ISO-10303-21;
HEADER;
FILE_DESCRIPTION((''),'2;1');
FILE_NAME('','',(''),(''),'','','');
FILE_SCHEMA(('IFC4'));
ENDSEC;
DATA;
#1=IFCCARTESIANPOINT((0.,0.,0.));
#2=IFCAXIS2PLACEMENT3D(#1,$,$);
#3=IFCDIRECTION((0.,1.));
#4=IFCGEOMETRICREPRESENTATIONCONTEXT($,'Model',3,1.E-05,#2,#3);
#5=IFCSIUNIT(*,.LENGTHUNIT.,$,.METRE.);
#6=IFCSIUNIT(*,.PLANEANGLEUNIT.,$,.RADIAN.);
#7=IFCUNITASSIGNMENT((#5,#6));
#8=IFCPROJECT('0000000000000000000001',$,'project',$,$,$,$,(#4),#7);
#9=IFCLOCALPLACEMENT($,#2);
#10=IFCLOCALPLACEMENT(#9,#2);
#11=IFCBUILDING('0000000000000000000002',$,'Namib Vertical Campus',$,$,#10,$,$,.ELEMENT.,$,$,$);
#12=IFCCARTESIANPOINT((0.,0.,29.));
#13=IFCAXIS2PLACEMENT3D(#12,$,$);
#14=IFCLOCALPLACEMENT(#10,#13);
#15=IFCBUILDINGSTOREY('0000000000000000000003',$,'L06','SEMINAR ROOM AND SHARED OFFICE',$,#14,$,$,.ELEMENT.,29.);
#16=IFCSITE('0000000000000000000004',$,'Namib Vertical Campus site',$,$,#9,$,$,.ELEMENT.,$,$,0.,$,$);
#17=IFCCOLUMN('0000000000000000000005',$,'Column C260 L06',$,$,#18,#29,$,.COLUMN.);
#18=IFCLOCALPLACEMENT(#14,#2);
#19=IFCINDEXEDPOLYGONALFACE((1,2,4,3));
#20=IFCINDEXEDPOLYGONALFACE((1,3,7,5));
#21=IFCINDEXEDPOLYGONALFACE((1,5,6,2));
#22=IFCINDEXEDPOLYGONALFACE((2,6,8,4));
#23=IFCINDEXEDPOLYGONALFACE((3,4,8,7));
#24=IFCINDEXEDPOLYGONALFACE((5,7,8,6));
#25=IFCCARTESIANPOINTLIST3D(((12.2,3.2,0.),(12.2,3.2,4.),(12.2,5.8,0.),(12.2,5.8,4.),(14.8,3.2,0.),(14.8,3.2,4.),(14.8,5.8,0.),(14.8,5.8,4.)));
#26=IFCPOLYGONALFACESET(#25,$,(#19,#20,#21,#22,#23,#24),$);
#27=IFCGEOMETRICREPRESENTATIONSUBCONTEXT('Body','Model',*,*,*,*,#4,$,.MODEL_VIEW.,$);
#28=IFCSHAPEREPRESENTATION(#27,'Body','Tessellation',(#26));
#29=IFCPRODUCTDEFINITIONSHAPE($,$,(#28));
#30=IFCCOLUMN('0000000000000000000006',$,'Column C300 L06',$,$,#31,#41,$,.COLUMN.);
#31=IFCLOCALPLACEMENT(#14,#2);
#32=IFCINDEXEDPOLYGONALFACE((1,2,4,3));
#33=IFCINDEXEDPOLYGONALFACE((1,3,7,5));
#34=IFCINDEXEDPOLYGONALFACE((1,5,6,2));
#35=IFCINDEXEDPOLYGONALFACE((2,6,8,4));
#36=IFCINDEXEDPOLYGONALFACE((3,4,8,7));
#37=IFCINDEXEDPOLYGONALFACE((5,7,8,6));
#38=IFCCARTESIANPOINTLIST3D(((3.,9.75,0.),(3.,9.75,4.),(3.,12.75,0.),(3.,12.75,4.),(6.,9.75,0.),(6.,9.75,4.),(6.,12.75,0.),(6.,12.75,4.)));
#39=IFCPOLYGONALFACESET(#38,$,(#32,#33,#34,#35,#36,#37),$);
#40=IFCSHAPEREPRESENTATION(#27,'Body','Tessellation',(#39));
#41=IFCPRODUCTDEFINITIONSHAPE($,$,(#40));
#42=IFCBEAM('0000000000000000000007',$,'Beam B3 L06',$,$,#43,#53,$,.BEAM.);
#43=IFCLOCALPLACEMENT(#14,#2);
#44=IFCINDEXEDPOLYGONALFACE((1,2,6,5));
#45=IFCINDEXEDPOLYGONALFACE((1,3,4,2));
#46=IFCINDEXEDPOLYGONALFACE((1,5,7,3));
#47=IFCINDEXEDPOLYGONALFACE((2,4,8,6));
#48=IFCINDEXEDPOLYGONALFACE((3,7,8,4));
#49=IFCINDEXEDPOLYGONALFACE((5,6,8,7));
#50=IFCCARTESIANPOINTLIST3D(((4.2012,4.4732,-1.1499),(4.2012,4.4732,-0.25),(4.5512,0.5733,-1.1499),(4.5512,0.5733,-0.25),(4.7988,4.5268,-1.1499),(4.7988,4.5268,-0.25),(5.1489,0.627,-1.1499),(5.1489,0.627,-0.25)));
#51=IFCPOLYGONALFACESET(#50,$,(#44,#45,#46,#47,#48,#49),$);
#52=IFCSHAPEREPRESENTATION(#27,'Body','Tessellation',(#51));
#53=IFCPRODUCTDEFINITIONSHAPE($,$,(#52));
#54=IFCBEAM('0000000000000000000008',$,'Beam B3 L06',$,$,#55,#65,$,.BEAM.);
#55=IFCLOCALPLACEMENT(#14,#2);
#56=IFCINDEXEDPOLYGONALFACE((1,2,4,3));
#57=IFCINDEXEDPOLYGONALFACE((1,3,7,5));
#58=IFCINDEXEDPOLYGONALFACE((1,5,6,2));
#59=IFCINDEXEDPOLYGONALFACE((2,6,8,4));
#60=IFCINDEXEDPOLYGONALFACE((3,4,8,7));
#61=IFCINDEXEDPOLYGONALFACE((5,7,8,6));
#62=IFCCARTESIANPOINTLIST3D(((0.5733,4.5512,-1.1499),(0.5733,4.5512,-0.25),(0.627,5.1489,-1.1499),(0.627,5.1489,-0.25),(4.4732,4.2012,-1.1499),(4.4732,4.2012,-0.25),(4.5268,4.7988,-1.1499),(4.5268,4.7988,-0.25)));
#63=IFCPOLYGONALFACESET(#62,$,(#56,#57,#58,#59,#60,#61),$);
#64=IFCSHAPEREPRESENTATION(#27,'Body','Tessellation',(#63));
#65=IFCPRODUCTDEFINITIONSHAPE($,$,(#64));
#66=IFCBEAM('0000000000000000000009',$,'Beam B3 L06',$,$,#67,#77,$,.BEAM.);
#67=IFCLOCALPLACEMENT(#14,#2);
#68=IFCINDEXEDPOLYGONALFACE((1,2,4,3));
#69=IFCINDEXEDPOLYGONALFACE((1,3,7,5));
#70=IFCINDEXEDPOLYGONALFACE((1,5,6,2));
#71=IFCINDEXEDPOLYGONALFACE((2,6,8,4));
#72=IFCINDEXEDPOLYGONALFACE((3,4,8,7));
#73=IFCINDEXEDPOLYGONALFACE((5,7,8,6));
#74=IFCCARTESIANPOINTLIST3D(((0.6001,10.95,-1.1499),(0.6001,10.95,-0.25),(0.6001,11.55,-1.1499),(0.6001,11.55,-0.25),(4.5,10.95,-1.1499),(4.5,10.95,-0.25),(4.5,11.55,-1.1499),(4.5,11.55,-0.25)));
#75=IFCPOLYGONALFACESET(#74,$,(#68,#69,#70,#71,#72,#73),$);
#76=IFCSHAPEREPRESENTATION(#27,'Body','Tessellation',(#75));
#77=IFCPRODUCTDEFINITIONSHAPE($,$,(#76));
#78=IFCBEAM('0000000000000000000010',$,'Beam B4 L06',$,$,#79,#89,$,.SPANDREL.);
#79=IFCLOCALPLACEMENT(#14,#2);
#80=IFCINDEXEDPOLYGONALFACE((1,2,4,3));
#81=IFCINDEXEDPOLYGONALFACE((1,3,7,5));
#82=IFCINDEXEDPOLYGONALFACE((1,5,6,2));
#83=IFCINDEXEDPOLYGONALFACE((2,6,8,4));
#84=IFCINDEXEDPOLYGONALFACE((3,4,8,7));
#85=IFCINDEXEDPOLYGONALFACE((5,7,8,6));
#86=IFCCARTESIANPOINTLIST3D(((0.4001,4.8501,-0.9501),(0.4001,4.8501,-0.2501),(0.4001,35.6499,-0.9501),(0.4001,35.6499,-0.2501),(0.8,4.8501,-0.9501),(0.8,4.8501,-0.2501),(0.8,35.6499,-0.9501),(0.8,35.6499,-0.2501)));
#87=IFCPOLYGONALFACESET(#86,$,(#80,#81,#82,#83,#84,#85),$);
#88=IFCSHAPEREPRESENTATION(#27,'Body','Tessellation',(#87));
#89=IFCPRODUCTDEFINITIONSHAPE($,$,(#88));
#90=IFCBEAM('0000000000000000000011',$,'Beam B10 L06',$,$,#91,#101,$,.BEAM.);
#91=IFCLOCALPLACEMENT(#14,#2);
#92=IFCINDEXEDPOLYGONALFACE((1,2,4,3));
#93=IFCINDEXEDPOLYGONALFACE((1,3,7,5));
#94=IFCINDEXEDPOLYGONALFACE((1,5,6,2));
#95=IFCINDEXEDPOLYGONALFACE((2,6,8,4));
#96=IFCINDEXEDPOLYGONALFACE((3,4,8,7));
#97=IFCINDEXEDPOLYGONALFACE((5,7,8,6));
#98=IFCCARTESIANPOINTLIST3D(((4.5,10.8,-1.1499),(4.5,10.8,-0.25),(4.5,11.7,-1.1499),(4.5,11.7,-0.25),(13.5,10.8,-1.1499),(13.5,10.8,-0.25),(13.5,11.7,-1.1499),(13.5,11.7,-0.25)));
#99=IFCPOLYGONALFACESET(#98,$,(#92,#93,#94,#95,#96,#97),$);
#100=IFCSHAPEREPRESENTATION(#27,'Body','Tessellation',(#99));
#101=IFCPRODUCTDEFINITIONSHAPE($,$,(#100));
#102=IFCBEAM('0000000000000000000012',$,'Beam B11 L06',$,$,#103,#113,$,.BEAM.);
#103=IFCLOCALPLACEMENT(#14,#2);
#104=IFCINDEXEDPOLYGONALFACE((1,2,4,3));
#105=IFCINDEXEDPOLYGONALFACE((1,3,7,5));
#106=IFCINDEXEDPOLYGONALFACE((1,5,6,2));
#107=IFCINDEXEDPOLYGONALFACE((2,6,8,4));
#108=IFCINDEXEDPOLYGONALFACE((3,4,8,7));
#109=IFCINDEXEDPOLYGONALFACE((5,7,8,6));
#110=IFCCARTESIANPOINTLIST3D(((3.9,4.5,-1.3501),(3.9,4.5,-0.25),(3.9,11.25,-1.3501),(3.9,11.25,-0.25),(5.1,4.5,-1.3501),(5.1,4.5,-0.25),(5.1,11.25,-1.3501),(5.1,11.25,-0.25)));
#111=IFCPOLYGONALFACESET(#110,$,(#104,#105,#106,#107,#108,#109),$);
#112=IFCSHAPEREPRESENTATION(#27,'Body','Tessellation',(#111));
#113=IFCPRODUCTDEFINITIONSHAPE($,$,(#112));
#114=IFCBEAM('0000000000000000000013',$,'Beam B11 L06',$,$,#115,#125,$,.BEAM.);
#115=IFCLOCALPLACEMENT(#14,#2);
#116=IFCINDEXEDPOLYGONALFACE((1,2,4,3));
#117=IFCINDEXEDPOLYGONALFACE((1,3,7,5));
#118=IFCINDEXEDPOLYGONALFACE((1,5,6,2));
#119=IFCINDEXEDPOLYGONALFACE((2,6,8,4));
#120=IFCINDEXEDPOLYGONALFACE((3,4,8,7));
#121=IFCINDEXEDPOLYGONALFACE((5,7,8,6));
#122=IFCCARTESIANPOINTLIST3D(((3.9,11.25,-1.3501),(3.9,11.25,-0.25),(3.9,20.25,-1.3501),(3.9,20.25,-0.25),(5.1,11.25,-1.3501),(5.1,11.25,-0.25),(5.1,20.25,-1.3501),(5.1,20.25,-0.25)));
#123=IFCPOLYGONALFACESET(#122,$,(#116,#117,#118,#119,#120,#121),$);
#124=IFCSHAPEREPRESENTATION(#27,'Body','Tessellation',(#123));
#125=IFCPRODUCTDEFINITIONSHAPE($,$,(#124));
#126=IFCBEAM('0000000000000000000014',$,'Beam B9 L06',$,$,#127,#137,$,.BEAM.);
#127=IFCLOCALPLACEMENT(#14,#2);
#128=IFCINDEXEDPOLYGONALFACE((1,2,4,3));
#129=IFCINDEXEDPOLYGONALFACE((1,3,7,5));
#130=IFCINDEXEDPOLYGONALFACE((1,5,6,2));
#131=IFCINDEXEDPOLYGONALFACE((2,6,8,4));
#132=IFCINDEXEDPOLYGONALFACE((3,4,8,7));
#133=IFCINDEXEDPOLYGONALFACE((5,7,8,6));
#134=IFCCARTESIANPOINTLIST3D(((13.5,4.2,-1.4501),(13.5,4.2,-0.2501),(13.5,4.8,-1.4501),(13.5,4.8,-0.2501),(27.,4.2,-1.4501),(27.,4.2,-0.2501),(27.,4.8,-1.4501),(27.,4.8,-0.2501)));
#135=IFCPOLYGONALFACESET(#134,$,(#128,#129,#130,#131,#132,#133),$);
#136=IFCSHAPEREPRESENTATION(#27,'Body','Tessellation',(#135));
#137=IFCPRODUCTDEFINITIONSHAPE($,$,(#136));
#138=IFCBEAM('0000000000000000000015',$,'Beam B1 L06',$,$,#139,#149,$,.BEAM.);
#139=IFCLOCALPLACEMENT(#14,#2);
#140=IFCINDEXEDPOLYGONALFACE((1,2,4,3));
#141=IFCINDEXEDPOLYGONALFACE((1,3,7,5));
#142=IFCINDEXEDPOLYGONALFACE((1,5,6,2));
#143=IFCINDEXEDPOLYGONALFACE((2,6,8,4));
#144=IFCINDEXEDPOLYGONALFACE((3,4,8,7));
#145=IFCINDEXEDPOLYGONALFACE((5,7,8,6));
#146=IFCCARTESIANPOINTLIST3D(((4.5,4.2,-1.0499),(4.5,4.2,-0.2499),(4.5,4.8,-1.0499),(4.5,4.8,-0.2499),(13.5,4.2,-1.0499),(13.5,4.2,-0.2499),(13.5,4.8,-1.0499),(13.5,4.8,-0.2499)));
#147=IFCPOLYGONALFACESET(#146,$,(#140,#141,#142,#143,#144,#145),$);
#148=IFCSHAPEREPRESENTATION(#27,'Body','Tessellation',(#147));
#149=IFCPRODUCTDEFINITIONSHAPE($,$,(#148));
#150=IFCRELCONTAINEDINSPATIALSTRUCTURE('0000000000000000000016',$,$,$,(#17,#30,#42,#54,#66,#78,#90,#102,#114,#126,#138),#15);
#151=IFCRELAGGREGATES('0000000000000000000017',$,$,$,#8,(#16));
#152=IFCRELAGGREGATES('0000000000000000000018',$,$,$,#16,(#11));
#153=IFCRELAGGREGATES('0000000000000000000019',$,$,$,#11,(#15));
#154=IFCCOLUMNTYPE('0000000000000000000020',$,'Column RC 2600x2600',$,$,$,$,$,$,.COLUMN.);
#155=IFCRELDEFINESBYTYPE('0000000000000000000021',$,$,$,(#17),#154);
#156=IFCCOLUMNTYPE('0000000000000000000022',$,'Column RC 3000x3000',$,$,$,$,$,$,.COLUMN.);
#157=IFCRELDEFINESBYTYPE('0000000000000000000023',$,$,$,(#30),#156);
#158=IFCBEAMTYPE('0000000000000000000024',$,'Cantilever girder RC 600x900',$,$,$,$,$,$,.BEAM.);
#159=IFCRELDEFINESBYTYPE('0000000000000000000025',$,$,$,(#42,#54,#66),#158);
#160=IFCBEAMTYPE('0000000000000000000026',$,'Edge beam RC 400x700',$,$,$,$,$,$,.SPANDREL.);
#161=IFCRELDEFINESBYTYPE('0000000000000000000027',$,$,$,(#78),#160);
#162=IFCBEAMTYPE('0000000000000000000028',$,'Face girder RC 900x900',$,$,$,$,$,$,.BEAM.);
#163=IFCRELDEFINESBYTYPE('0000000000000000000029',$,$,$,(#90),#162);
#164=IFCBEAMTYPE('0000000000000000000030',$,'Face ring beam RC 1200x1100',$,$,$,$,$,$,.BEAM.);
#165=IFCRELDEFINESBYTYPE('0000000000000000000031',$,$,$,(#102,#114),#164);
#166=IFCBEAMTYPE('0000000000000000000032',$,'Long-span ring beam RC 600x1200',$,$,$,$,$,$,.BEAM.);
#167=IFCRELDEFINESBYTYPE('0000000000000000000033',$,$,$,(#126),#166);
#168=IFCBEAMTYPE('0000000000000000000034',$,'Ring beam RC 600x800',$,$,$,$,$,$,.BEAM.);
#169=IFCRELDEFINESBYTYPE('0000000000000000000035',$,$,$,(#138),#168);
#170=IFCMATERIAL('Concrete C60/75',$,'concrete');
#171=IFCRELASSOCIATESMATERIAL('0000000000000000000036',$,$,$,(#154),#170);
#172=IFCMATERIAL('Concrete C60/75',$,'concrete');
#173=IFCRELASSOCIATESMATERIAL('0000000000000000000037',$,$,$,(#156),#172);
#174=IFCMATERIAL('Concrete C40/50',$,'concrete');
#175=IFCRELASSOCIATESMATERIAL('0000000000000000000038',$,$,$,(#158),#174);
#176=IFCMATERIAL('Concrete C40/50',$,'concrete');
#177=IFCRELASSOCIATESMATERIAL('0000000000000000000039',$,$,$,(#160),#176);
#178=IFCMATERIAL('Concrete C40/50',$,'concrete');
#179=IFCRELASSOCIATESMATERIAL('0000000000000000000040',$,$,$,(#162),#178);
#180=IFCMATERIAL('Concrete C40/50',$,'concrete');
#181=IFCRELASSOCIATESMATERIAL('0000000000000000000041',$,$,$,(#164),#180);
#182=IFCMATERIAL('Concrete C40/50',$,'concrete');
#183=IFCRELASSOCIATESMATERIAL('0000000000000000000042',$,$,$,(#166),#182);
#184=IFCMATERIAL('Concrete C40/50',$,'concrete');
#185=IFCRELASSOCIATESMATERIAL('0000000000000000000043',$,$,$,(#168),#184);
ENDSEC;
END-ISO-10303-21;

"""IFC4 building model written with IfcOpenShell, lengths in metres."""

from ifc_helpers import new_model, si_unit, direction, frame, origin, origin_2d, place, context, subcontext, project, spatial, rectangle, extrude, material, material_profile, profile_set, type_object, element, save


model = new_model("IFC4")

# Units and contexts
model_context = context("Model", 3, precision=1e-05, world=origin(), true_north=direction((0.0, 1.0)))
body_context = subcontext(model_context, "Body", "Model", "MODEL_VIEW")
ifc_project = project(units=[si_unit("LENGTHUNIT", "METRE"), si_unit("PLANEANGLEUNIT", "RADIAN")], contexts=[model_context])

# Site, building, storey
site_placement = place(None, origin())
site = spatial("IfcSite", under=ifc_project, at=site_placement, Name="Namib Vertical Campus site", CompositionType="ELEMENT", RefElevation=0.0)
building_placement = place(site_placement, origin())
building = spatial("IfcBuilding", under=site, at=building_placement, Name="Namib Vertical Campus", CompositionType="ELEMENT")
storey_placement = place(building_placement, frame((0.0, 0.0, 29.0)))
storey = spatial("IfcBuildingStorey", under=building, at=storey_placement, Name="L06", Description="SEMINAR ROOM AND SHARED OFFICE", CompositionType="ELEMENT", Elevation=29.0)

# Columns
ifc_material_1 = material(Name="Concrete C60/75", Category="concrete")
ifc_material_profile_1 = material_profile(ifc_material_1, rectangle(XDim=2.6001, YDim=2.6001, at=origin_2d()))
ifc_profile_set_1 = profile_set([ifc_material_profile_1], Name="Concrete C60/75")
column_type_1 = type_object("IfcColumnType", Name="Column RC 2600x2600", PredefinedType="COLUMN", material=ifc_profile_set_1)
column_1_placement = place(storey_placement, frame((13.5, 4.5, 0.0), z_axis=(0.0, 0.0, 1.0), x_axis=(1.0, 0.0, 0.0)))
element("IfcColumn", 1, at=column_1_placement, inside=storey, type_object=column_type_1, Name="Column C260 L06", PredefinedType="COLUMN", context=body_context, shape_type="SweptSolid", body=[
    extrude(rectangle(XDim=2.6001, YDim=2.6001, at=origin_2d()), origin(), (0.0, 0.0, 1.0), 4.0),
])
ifc_material_2 = material(Name="Concrete C60/75", Category="concrete")
ifc_material_profile_2 = material_profile(ifc_material_2, rectangle(XDim=3.0, YDim=3.0, at=origin_2d()))
ifc_profile_set_2 = profile_set([ifc_material_profile_2], Name="Concrete C60/75")
column_type_2 = type_object("IfcColumnType", Name="Column RC 3000x3000", PredefinedType="COLUMN", material=ifc_profile_set_2)
column_2_placement = place(storey_placement, frame((4.5, 11.25, 0.0), z_axis=(0.0, 0.0, 1.0), x_axis=(1.0, 0.0, 0.0)))
element("IfcColumn", 2, at=column_2_placement, inside=storey, type_object=column_type_2, Name="Column C300 L06", PredefinedType="COLUMN", context=body_context, shape_type="SweptSolid", body=[
    extrude(rectangle(XDim=3.0, YDim=3.0, at=origin_2d()), origin(), (0.0, 0.0, 1.0), 4.0),
])

# Beams
ifc_material_3 = material(Name="Concrete C40/50", Category="concrete")
ifc_material_profile_3 = material_profile(ifc_material_3, rectangle(XDim=0.6001, YDim=0.8999, at=origin_2d()))
ifc_profile_set_3 = profile_set([ifc_material_profile_3], Name="Concrete C40/50")
beam_type_1 = type_object("IfcBeamType", Name="Cantilever girder RC 600x900", PredefinedType="BEAM", material=ifc_profile_set_3)
for number, where, z_axis, x_axis, name in (
    (3, (4.5, 4.5, -0.7), (0.089411, -0.995995, 0.0), (0.995995, 0.089411, 0.0), "Beam B3 L06"),
    (4, (4.5, 4.5, -0.7), (-0.995995, 0.089411, 0.0), (-0.089411, -0.995995, 0.0), "Beam B3 L06"),
):
    element("IfcBeam", number, at=place(storey_placement, frame(where, z_axis=z_axis, x_axis=x_axis)), inside=storey, type_object=beam_type_1, Name=name, PredefinedType="BEAM", context=body_context, shape_type="SweptSolid", body=[
        extrude(rectangle(XDim=0.6001, YDim=0.8999, at=origin_2d()), origin(), (0.0, 0.0, 1.0), 3.9155),
    ])
beam_1_placement = place(storey_placement, frame((4.5, 11.25, -0.7), z_axis=(-1.0, 0.0, 0.0), x_axis=(0.0, -1.0, 0.0)))
element("IfcBeam", 5, at=beam_1_placement, inside=storey, type_object=beam_type_1, Name="Beam B3 L06", PredefinedType="BEAM", context=body_context, shape_type="SweptSolid", body=[
    extrude(rectangle(XDim=0.6001, YDim=0.8999, at=origin_2d()), origin(), (0.0, 0.0, 1.0), 3.8999),
])
ifc_material_4 = material(Name="Concrete C40/50", Category="concrete")
ifc_material_profile_4 = material_profile(ifc_material_4, rectangle(XDim=0.3999, YDim=0.7, at=origin_2d()))
ifc_profile_set_4 = profile_set([ifc_material_profile_4], Name="Concrete C40/50")
beam_type_2 = type_object("IfcBeamType", Name="Edge beam RC 400x700", PredefinedType="SPANDREL", material=ifc_profile_set_4)
beam_2_placement = place(storey_placement, frame((0.6001, 4.8501, -0.6001), z_axis=(0.0, 1.0, 0.0), x_axis=(-1.0, 0.0, 0.0)))
element("IfcBeam", 6, at=beam_2_placement, inside=storey, type_object=beam_type_2, Name="Beam B4 L06", PredefinedType="SPANDREL", context=body_context, shape_type="SweptSolid", body=[
    extrude(rectangle(XDim=0.3999, YDim=0.7, at=origin_2d()), origin(), (0.0, 0.0, 1.0), 30.7998),
])
ifc_material_5 = material(Name="Concrete C40/50", Category="concrete")
ifc_material_profile_5 = material_profile(ifc_material_5, rectangle(XDim=0.8999, YDim=0.8999, at=origin_2d()))
ifc_profile_set_5 = profile_set([ifc_material_profile_5], Name="Concrete C40/50")
beam_type_3 = type_object("IfcBeamType", Name="Face girder RC 900x900", PredefinedType="BEAM", material=ifc_profile_set_5)
beam_3_placement = place(storey_placement, frame((4.5, 11.25, -0.7), z_axis=(1.0, 0.0, 0.0), x_axis=(0.0, 1.0, 0.0)))
element("IfcBeam", 7, at=beam_3_placement, inside=storey, type_object=beam_type_3, Name="Beam B10 L06", PredefinedType="BEAM", context=body_context, shape_type="SweptSolid", body=[
    extrude(rectangle(XDim=0.8999, YDim=0.8999, at=origin_2d()), origin(), (0.0, 0.0, 1.0), 9.0),
])
ifc_material_6 = material(Name="Concrete C40/50", Category="concrete")
ifc_material_profile_6 = material_profile(ifc_material_6, rectangle(XDim=1.2, YDim=1.1001, at=origin_2d()))
ifc_profile_set_6 = profile_set([ifc_material_profile_6], Name="Concrete C40/50")
beam_type_4 = type_object("IfcBeamType", Name="Face ring beam RC 1200x1100", PredefinedType="BEAM", material=ifc_profile_set_6)
beam_4_placement = place(storey_placement, frame((4.5, 4.5, -0.8), z_axis=(0.0, 1.0, 0.0), x_axis=(-1.0, 0.0, 0.0)))
element("IfcBeam", 8, at=beam_4_placement, inside=storey, type_object=beam_type_4, Name="Beam B11 L06", PredefinedType="BEAM", context=body_context, shape_type="SweptSolid", body=[
    extrude(rectangle(XDim=1.2, YDim=1.1001, at=origin_2d()), origin(), (0.0, 0.0, 1.0), 6.75),
])
beam_5_placement = place(storey_placement, frame((4.5, 11.25, -0.8), z_axis=(0.0, 1.0, 0.0), x_axis=(-1.0, 0.0, 0.0)))
element("IfcBeam", 9, at=beam_5_placement, inside=storey, type_object=beam_type_4, Name="Beam B11 L06", PredefinedType="BEAM", context=body_context, shape_type="SweptSolid", body=[
    extrude(rectangle(XDim=1.2, YDim=1.1001, at=origin_2d()), origin(), (0.0, 0.0, 1.0), 9.0),
])
ifc_material_7 = material(Name="Concrete C40/50", Category="concrete")
ifc_material_profile_7 = material_profile(ifc_material_7, rectangle(XDim=0.6001, YDim=1.2, at=origin_2d()))
ifc_profile_set_7 = profile_set([ifc_material_profile_7], Name="Concrete C40/50")
beam_type_5 = type_object("IfcBeamType", Name="Long-span ring beam RC 600x1200", PredefinedType="BEAM", material=ifc_profile_set_7)
beam_6_placement = place(storey_placement, frame((13.5, 4.5, -0.8501), z_axis=(1.0, 0.0, 0.0), x_axis=(0.0, 1.0, 0.0)))
element("IfcBeam", 10, at=beam_6_placement, inside=storey, type_object=beam_type_5, Name="Beam B9 L06", PredefinedType="BEAM", context=body_context, shape_type="SweptSolid", body=[
    extrude(rectangle(XDim=0.6001, YDim=1.2, at=origin_2d()), origin(), (0.0, 0.0, 1.0), 13.5),
])
ifc_material_8 = material(Name="Concrete C40/50", Category="concrete")
ifc_material_profile_8 = material_profile(ifc_material_8, rectangle(XDim=0.6001, YDim=0.8, at=origin_2d()))
ifc_profile_set_8 = profile_set([ifc_material_profile_8], Name="Concrete C40/50")
beam_type_6 = type_object("IfcBeamType", Name="Ring beam RC 600x800", PredefinedType="BEAM", material=ifc_profile_set_8)
beam_7_placement = place(storey_placement, frame((4.5, 4.5, -0.6499), z_axis=(1.0, 0.0, 0.0), x_axis=(0.0, 1.0, 0.0)))
element("IfcBeam", 11, at=beam_7_placement, inside=storey, type_object=beam_type_6, Name="Beam B1 L06", PredefinedType="BEAM", context=body_context, shape_type="SweptSolid", body=[
    extrude(rectangle(XDim=0.6001, YDim=0.8, at=origin_2d()), origin(), (0.0, 0.0, 1.0), 9.0),
])

save(model, "model.ifc")
